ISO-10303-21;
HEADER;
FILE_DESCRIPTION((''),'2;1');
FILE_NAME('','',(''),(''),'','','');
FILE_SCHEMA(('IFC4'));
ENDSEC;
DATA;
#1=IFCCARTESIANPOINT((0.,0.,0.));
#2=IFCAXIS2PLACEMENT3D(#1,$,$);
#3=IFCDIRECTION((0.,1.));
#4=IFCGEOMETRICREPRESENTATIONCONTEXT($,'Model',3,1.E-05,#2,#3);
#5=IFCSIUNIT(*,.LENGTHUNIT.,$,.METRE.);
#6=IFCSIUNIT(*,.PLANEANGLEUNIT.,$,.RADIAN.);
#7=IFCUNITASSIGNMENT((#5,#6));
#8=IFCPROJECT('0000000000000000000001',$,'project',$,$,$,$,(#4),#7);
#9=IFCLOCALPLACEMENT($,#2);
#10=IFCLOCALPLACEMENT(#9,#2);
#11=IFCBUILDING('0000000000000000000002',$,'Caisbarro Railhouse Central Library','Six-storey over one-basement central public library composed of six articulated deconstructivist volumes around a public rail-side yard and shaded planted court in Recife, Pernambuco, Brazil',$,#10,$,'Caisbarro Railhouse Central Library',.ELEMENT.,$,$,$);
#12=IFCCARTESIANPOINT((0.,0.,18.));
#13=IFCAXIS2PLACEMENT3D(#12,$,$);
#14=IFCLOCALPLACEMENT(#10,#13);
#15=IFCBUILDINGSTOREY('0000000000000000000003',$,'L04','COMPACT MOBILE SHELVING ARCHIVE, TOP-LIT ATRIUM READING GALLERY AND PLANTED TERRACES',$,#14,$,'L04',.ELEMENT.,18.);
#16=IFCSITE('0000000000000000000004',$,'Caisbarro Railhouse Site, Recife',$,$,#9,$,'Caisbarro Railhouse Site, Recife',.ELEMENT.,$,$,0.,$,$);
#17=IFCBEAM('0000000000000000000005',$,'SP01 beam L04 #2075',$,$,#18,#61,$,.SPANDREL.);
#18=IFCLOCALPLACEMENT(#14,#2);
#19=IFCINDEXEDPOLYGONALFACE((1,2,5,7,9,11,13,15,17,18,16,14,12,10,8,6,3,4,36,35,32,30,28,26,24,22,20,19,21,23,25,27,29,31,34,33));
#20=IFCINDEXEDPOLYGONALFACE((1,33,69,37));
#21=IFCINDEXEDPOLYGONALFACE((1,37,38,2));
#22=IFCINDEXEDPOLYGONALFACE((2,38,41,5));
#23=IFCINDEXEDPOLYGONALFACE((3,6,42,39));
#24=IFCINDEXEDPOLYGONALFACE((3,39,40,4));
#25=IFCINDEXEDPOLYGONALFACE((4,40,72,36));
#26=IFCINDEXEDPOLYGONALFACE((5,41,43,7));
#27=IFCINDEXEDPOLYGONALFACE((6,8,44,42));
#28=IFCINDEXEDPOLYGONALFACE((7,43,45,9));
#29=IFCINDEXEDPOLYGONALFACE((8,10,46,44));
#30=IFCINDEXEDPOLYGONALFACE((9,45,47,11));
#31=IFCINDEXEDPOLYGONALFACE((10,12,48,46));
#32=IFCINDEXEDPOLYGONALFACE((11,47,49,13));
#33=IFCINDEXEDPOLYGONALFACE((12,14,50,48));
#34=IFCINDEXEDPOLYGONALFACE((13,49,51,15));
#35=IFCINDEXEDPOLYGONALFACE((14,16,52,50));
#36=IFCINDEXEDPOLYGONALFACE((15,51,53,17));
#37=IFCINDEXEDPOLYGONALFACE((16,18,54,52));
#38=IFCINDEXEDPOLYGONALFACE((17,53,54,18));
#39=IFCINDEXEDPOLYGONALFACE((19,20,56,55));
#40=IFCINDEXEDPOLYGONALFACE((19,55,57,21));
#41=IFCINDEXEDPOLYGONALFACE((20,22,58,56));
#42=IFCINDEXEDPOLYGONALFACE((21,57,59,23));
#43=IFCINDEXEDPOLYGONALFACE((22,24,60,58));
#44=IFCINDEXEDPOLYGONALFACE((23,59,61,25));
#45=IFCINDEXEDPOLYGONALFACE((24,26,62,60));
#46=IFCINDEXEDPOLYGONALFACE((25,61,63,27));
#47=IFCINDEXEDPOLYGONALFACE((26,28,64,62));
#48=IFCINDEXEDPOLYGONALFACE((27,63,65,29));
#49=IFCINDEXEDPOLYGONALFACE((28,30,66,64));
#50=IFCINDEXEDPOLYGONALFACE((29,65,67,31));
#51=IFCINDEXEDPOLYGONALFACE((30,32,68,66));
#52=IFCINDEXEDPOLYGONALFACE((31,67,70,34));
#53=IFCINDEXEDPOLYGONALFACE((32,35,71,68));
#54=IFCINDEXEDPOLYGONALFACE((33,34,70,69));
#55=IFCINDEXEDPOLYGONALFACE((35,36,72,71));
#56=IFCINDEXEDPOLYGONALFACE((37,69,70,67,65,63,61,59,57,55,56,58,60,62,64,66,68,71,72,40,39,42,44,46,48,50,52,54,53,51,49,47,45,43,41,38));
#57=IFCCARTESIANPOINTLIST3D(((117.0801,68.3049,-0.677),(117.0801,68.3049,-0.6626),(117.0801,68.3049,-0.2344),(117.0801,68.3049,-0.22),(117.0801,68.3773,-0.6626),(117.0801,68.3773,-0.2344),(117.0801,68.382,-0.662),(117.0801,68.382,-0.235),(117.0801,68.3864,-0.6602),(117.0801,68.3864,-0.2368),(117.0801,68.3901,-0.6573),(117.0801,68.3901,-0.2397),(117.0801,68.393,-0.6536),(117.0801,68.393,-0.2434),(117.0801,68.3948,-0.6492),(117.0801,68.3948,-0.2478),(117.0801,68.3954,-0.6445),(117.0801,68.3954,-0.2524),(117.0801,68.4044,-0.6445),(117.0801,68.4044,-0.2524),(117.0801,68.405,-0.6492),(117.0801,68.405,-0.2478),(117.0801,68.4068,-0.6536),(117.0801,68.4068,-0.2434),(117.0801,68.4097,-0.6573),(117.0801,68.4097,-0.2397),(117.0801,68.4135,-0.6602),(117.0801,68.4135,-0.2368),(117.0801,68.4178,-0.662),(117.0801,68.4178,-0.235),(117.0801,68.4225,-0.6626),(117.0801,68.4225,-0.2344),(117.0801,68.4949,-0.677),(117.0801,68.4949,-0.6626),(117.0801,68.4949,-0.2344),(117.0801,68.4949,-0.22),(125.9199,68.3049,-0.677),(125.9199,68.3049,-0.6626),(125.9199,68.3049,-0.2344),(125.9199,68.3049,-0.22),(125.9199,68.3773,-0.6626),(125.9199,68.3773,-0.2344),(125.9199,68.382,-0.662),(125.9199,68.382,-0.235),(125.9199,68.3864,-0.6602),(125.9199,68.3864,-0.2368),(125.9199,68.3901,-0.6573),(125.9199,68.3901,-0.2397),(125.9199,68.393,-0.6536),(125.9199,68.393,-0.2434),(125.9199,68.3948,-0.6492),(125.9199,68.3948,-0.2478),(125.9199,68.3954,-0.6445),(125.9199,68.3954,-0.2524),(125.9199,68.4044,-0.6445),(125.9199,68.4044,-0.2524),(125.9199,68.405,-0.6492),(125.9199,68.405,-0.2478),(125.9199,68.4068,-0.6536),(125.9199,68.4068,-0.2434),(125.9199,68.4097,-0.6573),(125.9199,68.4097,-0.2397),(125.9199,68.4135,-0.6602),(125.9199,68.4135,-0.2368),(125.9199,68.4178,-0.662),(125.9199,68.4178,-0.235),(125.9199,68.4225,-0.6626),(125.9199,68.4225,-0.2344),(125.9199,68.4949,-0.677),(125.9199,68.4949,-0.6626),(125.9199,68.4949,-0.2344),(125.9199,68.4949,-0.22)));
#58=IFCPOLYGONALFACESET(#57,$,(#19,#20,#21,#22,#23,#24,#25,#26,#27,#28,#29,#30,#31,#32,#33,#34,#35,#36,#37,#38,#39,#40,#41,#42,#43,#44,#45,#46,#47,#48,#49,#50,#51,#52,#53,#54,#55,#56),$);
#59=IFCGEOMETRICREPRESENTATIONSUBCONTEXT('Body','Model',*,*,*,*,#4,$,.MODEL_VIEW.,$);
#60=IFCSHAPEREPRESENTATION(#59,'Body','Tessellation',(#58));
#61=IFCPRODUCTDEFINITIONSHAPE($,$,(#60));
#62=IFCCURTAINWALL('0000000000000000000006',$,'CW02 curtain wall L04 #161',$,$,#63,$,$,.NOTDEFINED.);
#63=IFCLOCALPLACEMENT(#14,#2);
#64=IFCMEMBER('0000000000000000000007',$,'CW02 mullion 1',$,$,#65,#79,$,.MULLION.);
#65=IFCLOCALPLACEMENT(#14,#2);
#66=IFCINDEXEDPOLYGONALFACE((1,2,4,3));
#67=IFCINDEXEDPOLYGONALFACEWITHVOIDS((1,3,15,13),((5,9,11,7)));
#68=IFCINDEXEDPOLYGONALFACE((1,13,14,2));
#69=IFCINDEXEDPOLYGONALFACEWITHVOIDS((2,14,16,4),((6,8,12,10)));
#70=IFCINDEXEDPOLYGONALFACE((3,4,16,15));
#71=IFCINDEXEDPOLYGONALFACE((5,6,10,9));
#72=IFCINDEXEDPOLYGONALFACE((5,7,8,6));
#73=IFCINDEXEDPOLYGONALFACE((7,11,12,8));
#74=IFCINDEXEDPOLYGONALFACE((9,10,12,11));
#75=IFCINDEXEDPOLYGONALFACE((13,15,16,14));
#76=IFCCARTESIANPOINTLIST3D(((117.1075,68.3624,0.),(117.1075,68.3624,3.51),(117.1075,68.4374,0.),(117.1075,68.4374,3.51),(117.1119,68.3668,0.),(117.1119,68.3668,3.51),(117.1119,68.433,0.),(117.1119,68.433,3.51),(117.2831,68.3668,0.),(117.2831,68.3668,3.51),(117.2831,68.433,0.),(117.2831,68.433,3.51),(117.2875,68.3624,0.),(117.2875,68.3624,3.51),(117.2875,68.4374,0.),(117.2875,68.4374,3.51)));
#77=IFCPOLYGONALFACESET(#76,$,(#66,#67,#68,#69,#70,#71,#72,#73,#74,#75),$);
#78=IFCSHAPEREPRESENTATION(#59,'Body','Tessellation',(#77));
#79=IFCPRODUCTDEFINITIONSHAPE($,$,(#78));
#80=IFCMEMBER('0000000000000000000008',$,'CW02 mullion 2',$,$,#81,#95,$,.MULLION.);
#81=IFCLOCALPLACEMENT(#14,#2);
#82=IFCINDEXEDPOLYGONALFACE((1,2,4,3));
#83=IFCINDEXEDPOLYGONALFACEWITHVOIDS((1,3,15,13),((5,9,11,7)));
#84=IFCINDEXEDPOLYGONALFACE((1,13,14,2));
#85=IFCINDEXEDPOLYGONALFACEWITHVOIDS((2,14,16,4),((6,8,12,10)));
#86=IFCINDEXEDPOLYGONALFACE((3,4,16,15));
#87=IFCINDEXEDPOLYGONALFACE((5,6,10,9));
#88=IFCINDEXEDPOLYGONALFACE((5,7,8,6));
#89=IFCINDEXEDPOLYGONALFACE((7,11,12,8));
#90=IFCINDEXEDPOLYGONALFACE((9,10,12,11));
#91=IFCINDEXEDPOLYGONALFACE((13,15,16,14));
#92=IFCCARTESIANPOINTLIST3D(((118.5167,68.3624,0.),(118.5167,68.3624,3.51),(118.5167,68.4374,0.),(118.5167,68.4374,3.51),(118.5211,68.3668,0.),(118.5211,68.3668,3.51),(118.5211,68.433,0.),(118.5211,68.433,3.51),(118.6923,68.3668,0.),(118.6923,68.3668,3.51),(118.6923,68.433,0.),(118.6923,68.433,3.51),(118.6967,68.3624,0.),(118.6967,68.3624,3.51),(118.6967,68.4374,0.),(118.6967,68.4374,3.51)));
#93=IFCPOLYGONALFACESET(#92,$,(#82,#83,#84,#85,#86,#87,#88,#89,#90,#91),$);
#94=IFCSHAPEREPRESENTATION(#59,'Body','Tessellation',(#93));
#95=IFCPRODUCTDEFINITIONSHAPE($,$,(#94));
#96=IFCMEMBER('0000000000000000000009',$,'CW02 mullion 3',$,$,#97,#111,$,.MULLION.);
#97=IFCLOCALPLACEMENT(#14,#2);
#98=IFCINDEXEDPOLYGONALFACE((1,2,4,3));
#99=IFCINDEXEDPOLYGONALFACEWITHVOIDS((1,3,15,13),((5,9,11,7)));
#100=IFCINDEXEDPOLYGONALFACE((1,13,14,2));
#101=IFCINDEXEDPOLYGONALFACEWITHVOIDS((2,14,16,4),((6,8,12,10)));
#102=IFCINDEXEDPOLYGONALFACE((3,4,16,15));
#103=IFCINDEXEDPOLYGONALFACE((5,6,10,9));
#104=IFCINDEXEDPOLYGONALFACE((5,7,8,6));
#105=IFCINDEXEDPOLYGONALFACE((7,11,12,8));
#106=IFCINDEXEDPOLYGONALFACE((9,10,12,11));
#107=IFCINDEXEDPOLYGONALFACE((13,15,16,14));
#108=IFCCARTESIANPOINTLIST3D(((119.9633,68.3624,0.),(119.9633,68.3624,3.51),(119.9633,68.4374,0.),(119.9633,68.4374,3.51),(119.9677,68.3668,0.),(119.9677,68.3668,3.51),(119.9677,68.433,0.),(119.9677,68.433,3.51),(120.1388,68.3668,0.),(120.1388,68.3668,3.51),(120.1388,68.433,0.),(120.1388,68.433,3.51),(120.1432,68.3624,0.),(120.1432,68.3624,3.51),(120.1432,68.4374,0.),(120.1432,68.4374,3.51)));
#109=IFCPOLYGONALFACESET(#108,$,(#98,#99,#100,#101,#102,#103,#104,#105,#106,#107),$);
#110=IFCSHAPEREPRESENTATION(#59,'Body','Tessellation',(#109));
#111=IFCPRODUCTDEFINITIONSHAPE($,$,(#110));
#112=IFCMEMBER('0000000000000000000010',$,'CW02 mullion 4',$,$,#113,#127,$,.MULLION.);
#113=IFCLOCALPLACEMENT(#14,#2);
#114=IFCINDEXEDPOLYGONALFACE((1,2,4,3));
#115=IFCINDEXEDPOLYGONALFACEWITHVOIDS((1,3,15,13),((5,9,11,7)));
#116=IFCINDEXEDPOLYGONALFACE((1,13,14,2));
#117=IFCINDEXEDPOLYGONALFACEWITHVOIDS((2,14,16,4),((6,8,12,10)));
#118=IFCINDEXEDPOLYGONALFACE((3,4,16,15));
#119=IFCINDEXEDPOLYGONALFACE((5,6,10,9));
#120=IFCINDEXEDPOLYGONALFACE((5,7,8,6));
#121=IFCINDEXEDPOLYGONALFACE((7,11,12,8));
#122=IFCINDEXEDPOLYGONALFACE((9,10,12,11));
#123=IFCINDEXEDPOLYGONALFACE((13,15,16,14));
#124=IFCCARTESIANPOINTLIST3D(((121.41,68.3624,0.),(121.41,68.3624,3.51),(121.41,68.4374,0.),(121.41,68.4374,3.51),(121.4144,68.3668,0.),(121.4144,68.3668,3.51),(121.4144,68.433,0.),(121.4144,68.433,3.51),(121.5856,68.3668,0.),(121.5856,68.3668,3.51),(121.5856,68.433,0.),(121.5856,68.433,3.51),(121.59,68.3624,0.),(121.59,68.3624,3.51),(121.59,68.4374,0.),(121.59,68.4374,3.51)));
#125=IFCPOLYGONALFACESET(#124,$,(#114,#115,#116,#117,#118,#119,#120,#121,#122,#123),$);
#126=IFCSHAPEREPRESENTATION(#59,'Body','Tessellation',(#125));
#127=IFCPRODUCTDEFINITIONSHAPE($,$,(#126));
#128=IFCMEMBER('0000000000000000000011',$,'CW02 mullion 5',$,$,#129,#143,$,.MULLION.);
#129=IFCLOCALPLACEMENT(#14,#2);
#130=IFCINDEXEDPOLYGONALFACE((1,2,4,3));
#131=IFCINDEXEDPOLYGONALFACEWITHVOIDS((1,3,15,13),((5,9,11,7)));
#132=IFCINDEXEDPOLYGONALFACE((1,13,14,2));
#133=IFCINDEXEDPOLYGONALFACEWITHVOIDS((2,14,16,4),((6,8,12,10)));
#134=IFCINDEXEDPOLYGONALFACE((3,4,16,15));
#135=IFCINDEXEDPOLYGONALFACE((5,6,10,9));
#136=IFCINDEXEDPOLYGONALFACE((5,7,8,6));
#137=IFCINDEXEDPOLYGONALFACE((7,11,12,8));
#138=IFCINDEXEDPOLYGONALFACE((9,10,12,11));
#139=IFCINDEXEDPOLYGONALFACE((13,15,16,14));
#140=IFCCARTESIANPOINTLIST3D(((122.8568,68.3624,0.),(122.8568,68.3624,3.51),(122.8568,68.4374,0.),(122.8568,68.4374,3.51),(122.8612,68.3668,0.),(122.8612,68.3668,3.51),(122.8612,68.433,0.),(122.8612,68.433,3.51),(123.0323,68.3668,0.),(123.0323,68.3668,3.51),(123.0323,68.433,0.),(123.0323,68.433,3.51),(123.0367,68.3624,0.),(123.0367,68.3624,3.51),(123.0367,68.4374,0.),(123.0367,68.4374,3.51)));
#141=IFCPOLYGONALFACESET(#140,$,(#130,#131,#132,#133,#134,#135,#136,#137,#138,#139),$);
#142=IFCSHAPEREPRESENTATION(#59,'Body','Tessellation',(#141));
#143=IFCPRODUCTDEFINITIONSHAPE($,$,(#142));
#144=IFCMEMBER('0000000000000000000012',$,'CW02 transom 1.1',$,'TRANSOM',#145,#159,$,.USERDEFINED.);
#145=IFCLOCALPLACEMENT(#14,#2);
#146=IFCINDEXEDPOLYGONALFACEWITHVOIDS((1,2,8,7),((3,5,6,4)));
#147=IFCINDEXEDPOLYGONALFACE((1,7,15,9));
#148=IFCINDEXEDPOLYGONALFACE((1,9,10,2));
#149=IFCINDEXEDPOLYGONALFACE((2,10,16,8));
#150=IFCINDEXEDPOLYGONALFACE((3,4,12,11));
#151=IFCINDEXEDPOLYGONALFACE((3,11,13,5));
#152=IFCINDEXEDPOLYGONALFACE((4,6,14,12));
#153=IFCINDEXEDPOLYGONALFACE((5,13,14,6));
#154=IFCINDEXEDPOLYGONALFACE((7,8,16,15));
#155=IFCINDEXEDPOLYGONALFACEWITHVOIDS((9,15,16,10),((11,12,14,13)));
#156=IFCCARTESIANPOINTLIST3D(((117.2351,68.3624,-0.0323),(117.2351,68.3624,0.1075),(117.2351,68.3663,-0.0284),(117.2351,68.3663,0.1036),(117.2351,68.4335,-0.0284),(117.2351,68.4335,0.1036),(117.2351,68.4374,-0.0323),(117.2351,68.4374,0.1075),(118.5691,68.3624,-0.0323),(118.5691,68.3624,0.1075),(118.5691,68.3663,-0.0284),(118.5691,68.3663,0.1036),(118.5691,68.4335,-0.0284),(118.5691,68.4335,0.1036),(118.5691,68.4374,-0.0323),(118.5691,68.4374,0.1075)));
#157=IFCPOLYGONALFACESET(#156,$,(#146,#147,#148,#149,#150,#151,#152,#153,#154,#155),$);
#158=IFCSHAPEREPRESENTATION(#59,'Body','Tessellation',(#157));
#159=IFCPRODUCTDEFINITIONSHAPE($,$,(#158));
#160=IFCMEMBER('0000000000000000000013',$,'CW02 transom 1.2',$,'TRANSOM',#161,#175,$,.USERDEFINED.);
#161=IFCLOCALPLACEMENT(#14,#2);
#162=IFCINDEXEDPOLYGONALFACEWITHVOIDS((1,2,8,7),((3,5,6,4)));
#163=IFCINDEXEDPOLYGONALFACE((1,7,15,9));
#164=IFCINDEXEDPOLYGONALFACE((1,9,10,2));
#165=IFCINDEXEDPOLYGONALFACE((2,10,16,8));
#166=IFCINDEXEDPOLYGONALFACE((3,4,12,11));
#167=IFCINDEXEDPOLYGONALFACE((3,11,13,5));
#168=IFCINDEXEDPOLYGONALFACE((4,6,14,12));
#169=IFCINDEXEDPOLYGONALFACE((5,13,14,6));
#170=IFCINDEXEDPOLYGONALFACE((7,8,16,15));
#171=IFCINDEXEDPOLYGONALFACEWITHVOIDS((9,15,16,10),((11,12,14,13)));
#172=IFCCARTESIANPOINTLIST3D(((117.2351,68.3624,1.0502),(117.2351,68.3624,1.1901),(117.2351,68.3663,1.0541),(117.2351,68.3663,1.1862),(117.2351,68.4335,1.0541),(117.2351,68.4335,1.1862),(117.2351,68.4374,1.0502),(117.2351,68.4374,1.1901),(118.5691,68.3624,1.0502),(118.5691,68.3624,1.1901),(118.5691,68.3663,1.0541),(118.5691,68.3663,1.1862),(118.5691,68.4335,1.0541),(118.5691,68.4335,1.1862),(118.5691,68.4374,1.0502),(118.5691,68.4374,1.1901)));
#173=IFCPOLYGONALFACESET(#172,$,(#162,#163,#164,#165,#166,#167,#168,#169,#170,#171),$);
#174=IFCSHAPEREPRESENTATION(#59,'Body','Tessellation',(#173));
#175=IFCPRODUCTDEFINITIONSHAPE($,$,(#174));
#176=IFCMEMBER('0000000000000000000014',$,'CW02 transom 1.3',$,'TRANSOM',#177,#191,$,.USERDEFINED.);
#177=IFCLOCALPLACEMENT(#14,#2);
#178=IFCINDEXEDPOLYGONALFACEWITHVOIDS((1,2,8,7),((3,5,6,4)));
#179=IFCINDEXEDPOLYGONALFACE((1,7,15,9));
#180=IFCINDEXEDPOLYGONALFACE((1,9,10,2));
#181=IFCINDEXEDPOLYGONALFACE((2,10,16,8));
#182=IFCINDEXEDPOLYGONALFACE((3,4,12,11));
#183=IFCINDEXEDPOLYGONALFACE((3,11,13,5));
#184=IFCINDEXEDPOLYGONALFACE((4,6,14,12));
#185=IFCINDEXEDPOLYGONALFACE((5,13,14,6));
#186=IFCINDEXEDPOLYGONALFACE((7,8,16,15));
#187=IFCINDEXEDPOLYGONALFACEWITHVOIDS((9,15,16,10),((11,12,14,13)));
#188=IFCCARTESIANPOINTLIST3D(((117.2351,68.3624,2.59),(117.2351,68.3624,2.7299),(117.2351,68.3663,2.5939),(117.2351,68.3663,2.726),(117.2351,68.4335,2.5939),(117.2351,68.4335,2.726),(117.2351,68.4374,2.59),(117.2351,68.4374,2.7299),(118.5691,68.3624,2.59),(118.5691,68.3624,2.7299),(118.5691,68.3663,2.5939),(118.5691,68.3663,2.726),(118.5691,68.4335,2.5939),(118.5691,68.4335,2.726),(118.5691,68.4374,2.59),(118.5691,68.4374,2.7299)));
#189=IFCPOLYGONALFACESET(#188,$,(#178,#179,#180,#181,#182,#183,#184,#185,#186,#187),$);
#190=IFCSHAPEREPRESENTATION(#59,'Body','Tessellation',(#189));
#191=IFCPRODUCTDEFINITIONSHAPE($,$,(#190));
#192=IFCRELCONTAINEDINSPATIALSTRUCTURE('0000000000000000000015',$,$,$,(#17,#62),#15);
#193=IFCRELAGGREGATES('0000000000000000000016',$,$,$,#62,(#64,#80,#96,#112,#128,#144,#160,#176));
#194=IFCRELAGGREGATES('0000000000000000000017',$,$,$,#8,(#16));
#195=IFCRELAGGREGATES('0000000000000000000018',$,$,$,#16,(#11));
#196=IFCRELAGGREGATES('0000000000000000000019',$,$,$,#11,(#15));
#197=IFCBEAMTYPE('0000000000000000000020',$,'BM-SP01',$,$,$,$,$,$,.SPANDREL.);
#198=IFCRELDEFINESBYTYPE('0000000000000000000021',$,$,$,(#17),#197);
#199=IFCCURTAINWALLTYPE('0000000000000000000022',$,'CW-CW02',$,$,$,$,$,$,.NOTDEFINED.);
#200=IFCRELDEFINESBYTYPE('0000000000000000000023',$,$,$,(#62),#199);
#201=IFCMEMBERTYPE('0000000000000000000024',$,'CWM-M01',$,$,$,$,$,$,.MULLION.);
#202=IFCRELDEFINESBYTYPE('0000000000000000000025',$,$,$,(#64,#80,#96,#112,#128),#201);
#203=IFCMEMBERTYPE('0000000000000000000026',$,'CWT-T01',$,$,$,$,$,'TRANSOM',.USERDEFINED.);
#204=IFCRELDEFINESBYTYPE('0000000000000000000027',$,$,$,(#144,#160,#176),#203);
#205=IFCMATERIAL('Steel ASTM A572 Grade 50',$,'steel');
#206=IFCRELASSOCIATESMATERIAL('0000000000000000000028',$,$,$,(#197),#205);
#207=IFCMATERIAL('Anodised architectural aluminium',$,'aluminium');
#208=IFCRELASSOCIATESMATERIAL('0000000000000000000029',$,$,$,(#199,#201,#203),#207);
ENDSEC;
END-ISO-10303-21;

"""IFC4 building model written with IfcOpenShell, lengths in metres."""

from ifc_helpers import new_model, si_unit, direction, frame, origin, origin_2d, place, context, subcontext, project, spatial, hollow_rectangle, i_section, extrude, material, material_profile, profile_set, type_object, element, aggregate, save


model = new_model("IFC4")

# Units and contexts
model_context = context("Model", 3, precision=1e-05, world=origin(), true_north=direction((0.0, 1.0)))
body_context = subcontext(model_context, "Body", "Model", "MODEL_VIEW")
ifc_project = project(units=[si_unit("LENGTHUNIT", "METRE"), si_unit("PLANEANGLEUNIT", "RADIAN")], contexts=[model_context])

# Site, building, storey
site_placement = place(None, origin())
site = spatial("IfcSite", under=ifc_project, at=site_placement, Name="Caisbarro Railhouse Site, Recife", LongName="Caisbarro Railhouse Site, Recife", CompositionType="ELEMENT", RefElevation=0.0)
building_placement = place(site_placement, origin())
building = spatial("IfcBuilding", under=site, at=building_placement, Name="Caisbarro Railhouse Central Library", Description="Six-storey over one-basement central public library composed of six articulated deconstructivist volumes around a public rail-side yard and shaded planted court in Recife, Pernambuco, Brazil", LongName="Caisbarro Railhouse Central Library", CompositionType="ELEMENT")
storey_placement = place(building_placement, frame((0.0, 0.0, 18.0)))
storey = spatial("IfcBuildingStorey", under=building, at=storey_placement, Name="L04", Description="COMPACT MOBILE SHELVING ARCHIVE, TOP-LIT ATRIUM READING GALLERY AND PLANTED TERRACES", LongName="L04", CompositionType="ELEMENT", Elevation=18.0)

# Beam
ifc_material_1 = material(Name="Steel ASTM A572 Grade 50", Category="steel")
ifc_material_profile_1 = material_profile(ifc_material_1, i_section(OverallWidth=0.1899, OverallDepth=0.457, WebThickness=0.009, FlangeThickness=0.0144, FilletRadius=0.0181, at=origin_2d()), Name="W460X74.0")
ifc_profile_set_1 = profile_set([ifc_material_profile_1], Name="Steel ASTM A572 Grade 50")
beam_type = type_object("IfcBeamType", Name="BM-SP01", PredefinedType="SPANDREL", material=ifc_profile_set_1)
beam_placement = place(storey_placement, frame((117.0801, 68.3999, -0.4485), z_axis=(1.0, 0.0, 0.0), x_axis=(0.0, 1.0, 0.0)))
element("IfcBeam", 1, at=beam_placement, inside=storey, type_object=beam_type, Name="SP01 beam L04 #2075", PredefinedType="SPANDREL", context=body_context, shape_type="SweptSolid", body=[
    extrude(i_section(OverallWidth=0.1899, OverallDepth=0.457, WebThickness=0.009, FlangeThickness=0.0144, FilletRadius=0.0181, at=origin_2d()), origin(), (0.0, 0.0, 1.0), 8.8398),
])

# Curtain wall, members
ifc_material_2 = material(Name="Anodised architectural aluminium", Category="aluminium")
curtain_wall_type = type_object("IfcCurtainWallType", Name="CW-CW02", PredefinedType="NOTDEFINED", material=ifc_material_2)
curtain_wall_placement = place(storey_placement, origin())
curtain_wall = element("IfcCurtainWall", 2, at=curtain_wall_placement, inside=storey, type_object=curtain_wall_type, Name="CW02 curtain wall L04 #161", PredefinedType="NOTDEFINED")
ifc_material_profile_2 = material_profile(ifc_material_2, hollow_rectangle(XDim=0.075, YDim=0.1799, WallThickness=0.0044, at=origin_2d()), Name="ALU-MUL-75X180")
ifc_profile_set_2 = profile_set([ifc_material_profile_2], Name="Anodised architectural aluminium")
member_type_1 = type_object("IfcMemberType", Name="CWM-M01", PredefinedType="MULLION", material=ifc_profile_set_2)
member_1_placement = place(storey_placement, frame((117.1975, 68.3999, 0.0), z_axis=(0.0, 0.0, 1.0), x_axis=(0.0, 1.0, 0.0)))
member_1 = element("IfcMember", 3, at=member_1_placement, type_object=member_type_1, Name="CW02 mullion 1", PredefinedType="MULLION", context=body_context, shape_type="SweptSolid", body=[
    extrude(hollow_rectangle(XDim=0.075, YDim=0.1799, WallThickness=0.0044, at=origin_2d()), origin(), (0.0, 0.0, 1.0), 3.51),
])
member_2_placement = place(storey_placement, frame((118.6067, 68.3999, 0.0), z_axis=(0.0, 0.0, 1.0), x_axis=(0.0, 1.0, 0.0)))
member_2 = element("IfcMember", 4, at=member_2_placement, type_object=member_type_1, Name="CW02 mullion 2", PredefinedType="MULLION", context=body_context, shape_type="SweptSolid", body=[
    extrude(hollow_rectangle(XDim=0.075, YDim=0.1799, WallThickness=0.0044, at=origin_2d()), origin(), (0.0, 0.0, 1.0), 3.51),
])
member_3_placement = place(storey_placement, frame((120.0532, 68.3999, 0.0), z_axis=(0.0, 0.0, 1.0), x_axis=(0.0, 1.0, 0.0)))
member_3 = element("IfcMember", 5, at=member_3_placement, type_object=member_type_1, Name="CW02 mullion 3", PredefinedType="MULLION", context=body_context, shape_type="SweptSolid", body=[
    extrude(hollow_rectangle(XDim=0.075, YDim=0.1799, WallThickness=0.0044, at=origin_2d()), origin(), (0.0, 0.0, 1.0), 3.51),
])
member_4_placement = place(storey_placement, frame((121.5, 68.3999, 0.0), z_axis=(0.0, 0.0, 1.0), x_axis=(0.0, 1.0, 0.0)))
member_4 = element("IfcMember", 6, at=member_4_placement, type_object=member_type_1, Name="CW02 mullion 4", PredefinedType="MULLION", context=body_context, shape_type="SweptSolid", body=[
    extrude(hollow_rectangle(XDim=0.075, YDim=0.1799, WallThickness=0.0044, at=origin_2d()), origin(), (0.0, 0.0, 1.0), 3.51),
])
member_5_placement = place(storey_placement, frame((122.9468, 68.3999, 0.0), z_axis=(0.0, 0.0, 1.0), x_axis=(0.0, 1.0, 0.0)))
member_5 = element("IfcMember", 7, at=member_5_placement, type_object=member_type_1, Name="CW02 mullion 5", PredefinedType="MULLION", context=body_context, shape_type="SweptSolid", body=[
    extrude(hollow_rectangle(XDim=0.075, YDim=0.1799, WallThickness=0.0044, at=origin_2d()), origin(), (0.0, 0.0, 1.0), 3.51),
])
ifc_material_profile_3 = material_profile(ifc_material_2, hollow_rectangle(XDim=0.075, YDim=0.1399, WallThickness=0.0039, at=origin_2d()), Name="ALU-TRN-75X140")
ifc_profile_set_3 = profile_set([ifc_material_profile_3], Name="Anodised architectural aluminium")
member_type_2 = type_object("IfcMemberType", Name="CWT-T01", ElementType="TRANSOM", PredefinedType="USERDEFINED", material=ifc_profile_set_3)
member_6_placement = place(storey_placement, frame((117.2351, 68.3999, 0.0376), z_axis=(1.0, 0.0, 0.0), x_axis=(0.0, 1.0, 0.0)))
member_6 = element("IfcMember", 8, at=member_6_placement, type_object=member_type_2, Name="CW02 transom 1.1", ObjectType="TRANSOM", PredefinedType="USERDEFINED", context=body_context, shape_type="SweptSolid", body=[
    extrude(hollow_rectangle(XDim=0.075, YDim=0.1399, WallThickness=0.0039, at=origin_2d()), origin(), (0.0, 0.0, 1.0), 1.334),
])
member_7_placement = place(storey_placement, frame((117.2351, 68.3999, 1.1201), z_axis=(1.0, 0.0, 0.0), x_axis=(0.0, 1.0, 0.0)))
member_7 = element("IfcMember", 9, at=member_7_placement, type_object=member_type_2, Name="CW02 transom 1.2", ObjectType="TRANSOM", PredefinedType="USERDEFINED", context=body_context, shape_type="SweptSolid", body=[
    extrude(hollow_rectangle(XDim=0.075, YDim=0.1399, WallThickness=0.0039, at=origin_2d()), origin(), (0.0, 0.0, 1.0), 1.334),
])
member_8_placement = place(storey_placement, frame((117.2351, 68.3999, 2.6599), z_axis=(1.0, 0.0, 0.0), x_axis=(0.0, 1.0, 0.0)))
member_8 = element("IfcMember", 10, at=member_8_placement, type_object=member_type_2, Name="CW02 transom 1.3", ObjectType="TRANSOM", PredefinedType="USERDEFINED", context=body_context, shape_type="SweptSolid", body=[
    extrude(hollow_rectangle(XDim=0.075, YDim=0.1399, WallThickness=0.0039, at=origin_2d()), origin(), (0.0, 0.0, 1.0), 1.334),
])
aggregate(curtain_wall, [member_1, member_2, member_3, member_4, member_5, member_6, member_7, member_8])

save(model, "model.ifc")
